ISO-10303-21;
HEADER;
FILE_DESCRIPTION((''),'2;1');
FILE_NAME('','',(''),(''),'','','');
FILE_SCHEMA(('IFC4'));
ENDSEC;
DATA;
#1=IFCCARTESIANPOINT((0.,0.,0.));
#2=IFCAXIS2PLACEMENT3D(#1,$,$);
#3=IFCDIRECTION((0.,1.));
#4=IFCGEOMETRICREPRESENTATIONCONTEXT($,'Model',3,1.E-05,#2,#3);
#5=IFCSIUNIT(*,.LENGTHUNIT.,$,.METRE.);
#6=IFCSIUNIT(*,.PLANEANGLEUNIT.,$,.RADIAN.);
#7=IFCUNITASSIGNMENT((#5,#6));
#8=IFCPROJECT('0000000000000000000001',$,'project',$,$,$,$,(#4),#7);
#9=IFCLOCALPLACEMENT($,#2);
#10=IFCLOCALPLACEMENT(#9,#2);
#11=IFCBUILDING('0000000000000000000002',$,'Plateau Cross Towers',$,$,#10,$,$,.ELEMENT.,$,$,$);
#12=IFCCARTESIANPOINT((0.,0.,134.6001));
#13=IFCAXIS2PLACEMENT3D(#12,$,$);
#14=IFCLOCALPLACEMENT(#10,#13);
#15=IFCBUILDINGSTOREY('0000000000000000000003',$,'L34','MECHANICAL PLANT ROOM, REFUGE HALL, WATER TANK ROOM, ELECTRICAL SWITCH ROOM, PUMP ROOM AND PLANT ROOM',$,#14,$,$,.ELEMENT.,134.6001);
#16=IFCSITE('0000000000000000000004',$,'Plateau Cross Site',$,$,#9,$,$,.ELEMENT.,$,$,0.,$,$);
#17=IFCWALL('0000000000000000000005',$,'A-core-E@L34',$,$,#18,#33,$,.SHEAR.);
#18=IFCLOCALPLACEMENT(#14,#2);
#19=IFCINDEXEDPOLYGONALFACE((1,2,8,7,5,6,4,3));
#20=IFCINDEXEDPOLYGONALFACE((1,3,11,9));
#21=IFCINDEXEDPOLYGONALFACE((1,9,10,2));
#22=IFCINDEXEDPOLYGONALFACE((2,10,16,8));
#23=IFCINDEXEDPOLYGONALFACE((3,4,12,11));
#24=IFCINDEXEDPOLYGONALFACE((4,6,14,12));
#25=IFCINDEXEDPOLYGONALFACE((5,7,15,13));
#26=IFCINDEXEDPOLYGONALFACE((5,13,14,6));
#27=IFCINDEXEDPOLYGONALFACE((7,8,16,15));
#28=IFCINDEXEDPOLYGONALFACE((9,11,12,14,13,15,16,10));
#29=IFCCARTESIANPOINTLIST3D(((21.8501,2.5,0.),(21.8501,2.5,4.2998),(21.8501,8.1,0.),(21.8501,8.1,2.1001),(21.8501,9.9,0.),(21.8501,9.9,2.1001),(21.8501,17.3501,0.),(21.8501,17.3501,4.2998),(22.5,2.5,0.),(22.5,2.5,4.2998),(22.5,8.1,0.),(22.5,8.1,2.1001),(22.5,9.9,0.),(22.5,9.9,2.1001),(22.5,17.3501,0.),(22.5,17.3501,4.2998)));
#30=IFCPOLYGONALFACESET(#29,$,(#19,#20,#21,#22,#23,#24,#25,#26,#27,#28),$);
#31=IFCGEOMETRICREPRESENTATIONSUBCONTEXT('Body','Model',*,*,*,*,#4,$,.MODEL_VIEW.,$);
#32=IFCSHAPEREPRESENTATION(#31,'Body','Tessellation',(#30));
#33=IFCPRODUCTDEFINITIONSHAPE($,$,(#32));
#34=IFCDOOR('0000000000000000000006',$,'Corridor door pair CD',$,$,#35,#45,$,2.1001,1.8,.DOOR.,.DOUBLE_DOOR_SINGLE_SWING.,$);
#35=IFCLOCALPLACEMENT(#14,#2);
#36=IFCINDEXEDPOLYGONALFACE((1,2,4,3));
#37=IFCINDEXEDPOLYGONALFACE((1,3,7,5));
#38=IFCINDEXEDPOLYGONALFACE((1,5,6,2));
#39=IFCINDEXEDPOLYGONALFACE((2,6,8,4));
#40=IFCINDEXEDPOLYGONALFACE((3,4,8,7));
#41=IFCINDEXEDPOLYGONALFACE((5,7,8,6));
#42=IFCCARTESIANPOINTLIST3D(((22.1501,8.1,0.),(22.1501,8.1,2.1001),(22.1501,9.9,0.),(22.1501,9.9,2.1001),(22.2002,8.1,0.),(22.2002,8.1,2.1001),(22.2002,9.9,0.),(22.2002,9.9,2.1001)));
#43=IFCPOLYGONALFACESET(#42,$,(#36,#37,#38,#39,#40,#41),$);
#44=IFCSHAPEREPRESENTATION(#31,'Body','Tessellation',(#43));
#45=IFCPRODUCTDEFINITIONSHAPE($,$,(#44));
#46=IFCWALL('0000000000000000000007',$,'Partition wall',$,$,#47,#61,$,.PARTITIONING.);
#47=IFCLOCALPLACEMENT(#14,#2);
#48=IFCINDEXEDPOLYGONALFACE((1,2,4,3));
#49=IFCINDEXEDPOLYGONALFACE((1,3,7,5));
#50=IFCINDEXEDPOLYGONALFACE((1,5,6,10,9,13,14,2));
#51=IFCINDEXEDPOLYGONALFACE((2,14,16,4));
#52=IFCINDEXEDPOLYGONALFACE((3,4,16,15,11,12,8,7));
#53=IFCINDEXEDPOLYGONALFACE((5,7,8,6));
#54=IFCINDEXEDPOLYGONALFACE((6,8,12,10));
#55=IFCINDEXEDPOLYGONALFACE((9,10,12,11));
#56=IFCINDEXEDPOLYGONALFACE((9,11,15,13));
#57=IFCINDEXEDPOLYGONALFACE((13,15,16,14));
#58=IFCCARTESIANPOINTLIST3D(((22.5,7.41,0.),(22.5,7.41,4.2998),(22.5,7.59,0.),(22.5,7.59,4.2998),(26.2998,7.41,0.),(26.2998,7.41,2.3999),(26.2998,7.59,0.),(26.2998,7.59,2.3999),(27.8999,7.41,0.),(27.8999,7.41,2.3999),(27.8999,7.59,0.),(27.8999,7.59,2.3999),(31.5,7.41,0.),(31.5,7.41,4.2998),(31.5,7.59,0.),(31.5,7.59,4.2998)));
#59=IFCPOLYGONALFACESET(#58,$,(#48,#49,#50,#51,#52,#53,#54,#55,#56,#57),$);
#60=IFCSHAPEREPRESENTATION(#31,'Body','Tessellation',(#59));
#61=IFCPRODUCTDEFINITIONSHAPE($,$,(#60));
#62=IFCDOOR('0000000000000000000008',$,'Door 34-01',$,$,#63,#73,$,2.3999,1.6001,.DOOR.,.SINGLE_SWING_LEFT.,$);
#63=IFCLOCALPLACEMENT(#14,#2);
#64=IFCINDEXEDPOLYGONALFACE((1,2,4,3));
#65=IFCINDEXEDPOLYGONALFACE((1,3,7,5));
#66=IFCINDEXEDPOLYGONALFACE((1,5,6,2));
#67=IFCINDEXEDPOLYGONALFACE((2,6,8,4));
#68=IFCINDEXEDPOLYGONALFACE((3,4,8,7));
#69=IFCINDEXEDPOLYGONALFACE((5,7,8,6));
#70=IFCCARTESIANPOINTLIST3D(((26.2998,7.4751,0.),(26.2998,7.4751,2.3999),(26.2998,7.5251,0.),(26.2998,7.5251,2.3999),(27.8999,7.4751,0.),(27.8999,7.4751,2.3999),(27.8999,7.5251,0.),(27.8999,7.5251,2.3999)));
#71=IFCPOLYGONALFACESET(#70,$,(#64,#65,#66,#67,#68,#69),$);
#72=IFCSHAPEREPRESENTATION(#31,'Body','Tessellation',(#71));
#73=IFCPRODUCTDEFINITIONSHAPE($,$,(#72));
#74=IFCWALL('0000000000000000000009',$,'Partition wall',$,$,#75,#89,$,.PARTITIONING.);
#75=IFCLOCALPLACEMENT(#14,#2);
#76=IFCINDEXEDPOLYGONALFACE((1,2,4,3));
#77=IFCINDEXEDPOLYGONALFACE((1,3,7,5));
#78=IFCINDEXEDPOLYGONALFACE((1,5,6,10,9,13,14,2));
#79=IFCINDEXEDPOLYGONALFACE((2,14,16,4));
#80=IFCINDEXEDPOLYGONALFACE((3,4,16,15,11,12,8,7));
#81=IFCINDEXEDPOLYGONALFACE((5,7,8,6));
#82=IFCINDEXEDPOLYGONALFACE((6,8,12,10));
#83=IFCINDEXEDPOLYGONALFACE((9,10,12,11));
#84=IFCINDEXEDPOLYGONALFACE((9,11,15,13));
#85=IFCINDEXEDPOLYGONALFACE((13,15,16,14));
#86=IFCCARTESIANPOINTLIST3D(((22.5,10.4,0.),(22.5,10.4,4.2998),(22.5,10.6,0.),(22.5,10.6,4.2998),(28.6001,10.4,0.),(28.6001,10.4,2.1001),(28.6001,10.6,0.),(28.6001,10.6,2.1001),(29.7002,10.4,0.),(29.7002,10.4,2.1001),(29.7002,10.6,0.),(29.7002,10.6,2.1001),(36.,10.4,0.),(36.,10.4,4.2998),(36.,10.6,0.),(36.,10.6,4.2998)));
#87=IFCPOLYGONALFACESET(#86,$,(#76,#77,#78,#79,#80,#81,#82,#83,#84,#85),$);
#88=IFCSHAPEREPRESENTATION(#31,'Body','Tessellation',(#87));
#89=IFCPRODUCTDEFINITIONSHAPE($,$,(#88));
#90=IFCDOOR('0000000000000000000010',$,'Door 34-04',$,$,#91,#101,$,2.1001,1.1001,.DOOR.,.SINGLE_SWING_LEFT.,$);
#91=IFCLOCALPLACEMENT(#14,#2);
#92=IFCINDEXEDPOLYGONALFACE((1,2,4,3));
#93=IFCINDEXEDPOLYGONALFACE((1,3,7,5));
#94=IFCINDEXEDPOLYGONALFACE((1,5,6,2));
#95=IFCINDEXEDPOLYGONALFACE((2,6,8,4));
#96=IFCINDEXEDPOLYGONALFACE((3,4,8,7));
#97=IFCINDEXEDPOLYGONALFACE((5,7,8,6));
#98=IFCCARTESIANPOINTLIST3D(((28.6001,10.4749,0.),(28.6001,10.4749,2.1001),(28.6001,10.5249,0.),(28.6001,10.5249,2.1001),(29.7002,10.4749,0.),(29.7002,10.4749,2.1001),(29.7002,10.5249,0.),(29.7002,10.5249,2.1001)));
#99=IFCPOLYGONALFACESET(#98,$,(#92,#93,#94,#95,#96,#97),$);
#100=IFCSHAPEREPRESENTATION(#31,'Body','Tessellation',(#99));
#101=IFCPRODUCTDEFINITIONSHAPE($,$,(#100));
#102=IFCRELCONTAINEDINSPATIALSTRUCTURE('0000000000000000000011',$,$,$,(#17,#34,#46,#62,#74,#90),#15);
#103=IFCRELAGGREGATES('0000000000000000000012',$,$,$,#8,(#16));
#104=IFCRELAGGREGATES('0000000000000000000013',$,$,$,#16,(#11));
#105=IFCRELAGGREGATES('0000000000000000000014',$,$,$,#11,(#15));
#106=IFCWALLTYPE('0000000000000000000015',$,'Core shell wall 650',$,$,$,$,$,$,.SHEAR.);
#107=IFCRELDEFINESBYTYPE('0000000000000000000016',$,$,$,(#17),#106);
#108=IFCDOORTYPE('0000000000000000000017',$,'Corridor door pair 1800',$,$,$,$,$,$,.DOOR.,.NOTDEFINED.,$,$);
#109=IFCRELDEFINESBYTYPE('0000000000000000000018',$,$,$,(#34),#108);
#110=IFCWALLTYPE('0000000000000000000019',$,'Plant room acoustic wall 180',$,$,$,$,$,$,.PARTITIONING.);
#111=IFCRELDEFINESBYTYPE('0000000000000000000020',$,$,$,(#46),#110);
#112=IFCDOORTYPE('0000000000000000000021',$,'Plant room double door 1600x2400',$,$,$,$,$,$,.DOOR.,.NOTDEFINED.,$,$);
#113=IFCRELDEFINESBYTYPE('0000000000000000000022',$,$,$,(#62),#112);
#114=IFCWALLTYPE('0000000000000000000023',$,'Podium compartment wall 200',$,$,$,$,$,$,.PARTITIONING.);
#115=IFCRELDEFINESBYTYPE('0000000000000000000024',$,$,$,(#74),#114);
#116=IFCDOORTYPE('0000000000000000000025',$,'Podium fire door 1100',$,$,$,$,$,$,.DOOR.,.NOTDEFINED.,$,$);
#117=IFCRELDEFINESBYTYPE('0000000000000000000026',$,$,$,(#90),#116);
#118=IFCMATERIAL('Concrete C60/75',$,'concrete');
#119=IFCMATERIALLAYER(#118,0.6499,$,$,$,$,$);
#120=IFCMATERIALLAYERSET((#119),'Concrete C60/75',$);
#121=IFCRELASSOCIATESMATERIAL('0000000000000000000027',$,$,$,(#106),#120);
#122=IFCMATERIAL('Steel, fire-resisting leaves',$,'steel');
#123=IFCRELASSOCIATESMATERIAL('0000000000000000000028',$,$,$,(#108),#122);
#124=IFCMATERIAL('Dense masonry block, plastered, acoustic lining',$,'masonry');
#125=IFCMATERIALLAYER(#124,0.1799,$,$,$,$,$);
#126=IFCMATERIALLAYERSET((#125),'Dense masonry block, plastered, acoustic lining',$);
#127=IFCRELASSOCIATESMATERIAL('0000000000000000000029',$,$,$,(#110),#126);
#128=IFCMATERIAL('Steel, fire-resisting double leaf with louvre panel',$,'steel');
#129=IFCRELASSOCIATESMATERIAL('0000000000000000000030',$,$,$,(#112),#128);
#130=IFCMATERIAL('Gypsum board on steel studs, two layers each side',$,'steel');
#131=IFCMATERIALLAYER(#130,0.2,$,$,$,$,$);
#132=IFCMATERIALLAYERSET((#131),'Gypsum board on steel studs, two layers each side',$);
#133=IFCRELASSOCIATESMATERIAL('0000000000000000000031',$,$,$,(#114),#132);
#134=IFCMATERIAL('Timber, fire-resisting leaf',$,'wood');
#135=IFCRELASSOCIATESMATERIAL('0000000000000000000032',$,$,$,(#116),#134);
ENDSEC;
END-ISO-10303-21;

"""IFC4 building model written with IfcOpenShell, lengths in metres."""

from ifc_helpers import new_model, si_unit, direction, frame, frame_2d, origin, place, context, subcontext, project, spatial, rectangle, extrude, material, layer, layer_set, type_object, element, fill, save


model = new_model("IFC4")

# Units and contexts
model_context = context("Model", 3, precision=1e-05, world=origin(), true_north=direction((0.0, 1.0)))
body_context = subcontext(model_context, "Body", "Model", "MODEL_VIEW")
ifc_project = project(units=[si_unit("LENGTHUNIT", "METRE"), si_unit("PLANEANGLEUNIT", "RADIAN")], contexts=[model_context])

# Site, building, storey
site_placement = place(None, origin())
site = spatial("IfcSite", under=ifc_project, at=site_placement, Name="Plateau Cross Site", CompositionType="ELEMENT", RefElevation=0.0)
building_placement = place(site_placement, origin())
building = spatial("IfcBuilding", under=site, at=building_placement, Name="Plateau Cross Towers", CompositionType="ELEMENT")
storey_placement = place(building_placement, frame((0.0, 0.0, 134.6001)))
storey = spatial("IfcBuildingStorey", under=building, at=storey_placement, Name="L34", Description="MECHANICAL PLANT ROOM, REFUGE HALL, WATER TANK ROOM, ELECTRICAL SWITCH ROOM, PUMP ROOM AND PLANT ROOM", CompositionType="ELEMENT", Elevation=134.6001)

# Shared definitions
ifc_material_1 = material(Name="Concrete C60/75", Category="concrete")

# Walls, openings, doors
ifc_layer_1 = layer(ifc_material_1, 0.6499)
ifc_layer_set_1 = layer_set([ifc_layer_1], Name="Concrete C60/75")
wall_type_1 = type_object("IfcWallType", Name="Core shell wall 650", PredefinedType="SHEAR", material=ifc_layer_set_1)
wall_1_placement = place(storey_placement, frame((22.175, 2.5, 0.0), z_axis=(0.0, 0.0, 1.0), x_axis=(0.0, 1.0, 0.0)))
wall_1 = element("IfcWall", 1, at=wall_1_placement, inside=storey, type_object=wall_type_1, Name="A-core-E@L34", PredefinedType="SHEAR", context=body_context, shape_type="SweptSolid", body=[
    extrude(rectangle(XDim=14.8501, YDim=0.6499, at=frame_2d((7.425, 0.0))), origin(), (0.0, 0.0, 1.0), 4.2998),
])
opening_1_placement = place(wall_1_placement, frame((5.6001, 0.0, 0.0)))
opening_1 = element("IfcOpeningElement", 2, at=opening_1_placement, cuts=wall_1, PredefinedType="OPENING", context=body_context, shape_type="SweptSolid", body=[
    extrude(rectangle(XDim=1.8, YDim=2.1001, at=frame_2d((0.8999, 1.05))), frame((0.0, 0.335, 0.0), z_axis=(0.0, -1.0, 0.0), x_axis=(1.0, 0.0, 0.0)), (0.0, 0.0, 1.0), 0.6699),
])
ifc_material_2 = material(Name="Steel, fire-resisting leaves", Category="steel")
door_type_1 = type_object("IfcDoorType", Name="Corridor door pair 1800", OperationType="NOTDEFINED", PredefinedType="DOOR", material=ifc_material_2)
door_1_placement = place(opening_1_placement, origin())
door_1 = element("IfcDoor", 3, at=door_1_placement, inside=storey, type_object=door_type_1, Name="Corridor door pair CD", OperationType="DOUBLE_DOOR_SINGLE_SWING", OverallHeight=2.1001, OverallWidth=1.8, PredefinedType="DOOR", context=body_context, shape_type="SweptSolid", body=[
    extrude(rectangle(XDim=1.8, YDim=2.1001, at=frame_2d((0.8999, 1.05))), frame((0.0, 0.0249, 0.0), z_axis=(0.0, -1.0, 0.0), x_axis=(1.0, 0.0, 0.0)), (0.0, 0.0, 1.0), 0.05),
])
fill(opening_1, door_1)
ifc_material_3 = material(Name="Dense masonry block, plastered, acoustic lining", Category="masonry")
ifc_layer_2 = layer(ifc_material_3, 0.1799)
ifc_layer_set_2 = layer_set([ifc_layer_2], Name="Dense masonry block, plastered, acoustic lining")
wall_type_2 = type_object("IfcWallType", Name="Plant room acoustic wall 180", PredefinedType="PARTITIONING", material=ifc_layer_set_2)
wall_2_placement = place(storey_placement, frame((31.5, 7.5, 0.0), z_axis=(0.0, 0.0, 1.0), x_axis=(-1.0, 0.0, 0.0)))
wall_2 = element("IfcWall", 4, at=wall_2_placement, inside=storey, type_object=wall_type_2, Name="Partition wall", PredefinedType="PARTITIONING", context=body_context, shape_type="SweptSolid", body=[
    extrude(rectangle(XDim=9.0, YDim=0.1799, at=frame_2d((4.5, 0.0))), origin(), (0.0, 0.0, 1.0), 4.2998),
])
opening_2_placement = place(wall_2_placement, frame((3.6001, 0.0, 0.0)))
opening_2 = element("IfcOpeningElement", 5, at=opening_2_placement, cuts=wall_2, PredefinedType="OPENING", context=body_context, shape_type="SweptSolid", body=[
    extrude(rectangle(XDim=1.6001, YDim=2.3999, at=frame_2d((0.8, 1.2))), frame((0.0, 0.0999, 0.0), z_axis=(0.0, -1.0, 0.0), x_axis=(1.0, 0.0, 0.0)), (0.0, 0.0, 1.0), 0.2),
])
ifc_material_4 = material(Name="Steel, fire-resisting double leaf with louvre panel", Category="steel")
door_type_2 = type_object("IfcDoorType", Name="Plant room double door 1600x2400", OperationType="NOTDEFINED", PredefinedType="DOOR", material=ifc_material_4)
door_2_placement = place(opening_2_placement, origin())
door_2 = element("IfcDoor", 6, at=door_2_placement, inside=storey, type_object=door_type_2, Name="Door 34-01", OperationType="SINGLE_SWING_LEFT", OverallHeight=2.3999, OverallWidth=1.6001, PredefinedType="DOOR", context=body_context, shape_type="SweptSolid", body=[
    extrude(rectangle(XDim=1.6001, YDim=2.3999, at=frame_2d((0.8, 1.2))), frame((0.0, 0.0249, 0.0), z_axis=(0.0, -1.0, 0.0), x_axis=(1.0, 0.0, 0.0)), (0.0, 0.0, 1.0), 0.05),
])
fill(opening_2, door_2)
ifc_material_5 = material(Name="Gypsum board on steel studs, two layers each side", Category="steel")
ifc_layer_3 = layer(ifc_material_5, 0.2)
ifc_layer_set_3 = layer_set([ifc_layer_3], Name="Gypsum board on steel studs, two layers each side")
wall_type_3 = type_object("IfcWallType", Name="Podium compartment wall 200", PredefinedType="PARTITIONING", material=ifc_layer_set_3)
wall_3_placement = place(storey_placement, frame((22.5, 10.5, 0.0), z_axis=(0.0, 0.0, 1.0), x_axis=(1.0, 0.0, 0.0)))
wall_3 = element("IfcWall", 7, at=wall_3_placement, inside=storey, type_object=wall_type_3, Name="Partition wall", PredefinedType="PARTITIONING", context=body_context, shape_type="SweptSolid", body=[
    extrude(rectangle(XDim=13.5, YDim=0.2, at=frame_2d((6.75, 0.0))), origin(), (0.0, 0.0, 1.0), 4.2998),
])
opening_3_placement = place(wall_3_placement, frame((6.1001, 0.0, 0.0)))
opening_3 = element("IfcOpeningElement", 8, at=opening_3_placement, cuts=wall_3, PredefinedType="OPENING", context=body_context, shape_type="SweptSolid", body=[
    extrude(rectangle(XDim=1.1001, YDim=2.1001, at=frame_2d((0.55, 1.05))), frame((0.0, 0.1099, 0.0), z_axis=(0.0, -1.0, 0.0), x_axis=(1.0, 0.0, 0.0)), (0.0, 0.0, 1.0), 0.22),
])
ifc_material_6 = material(Name="Timber, fire-resisting leaf", Category="wood")
door_type_3 = type_object("IfcDoorType", Name="Podium fire door 1100", OperationType="NOTDEFINED", PredefinedType="DOOR", material=ifc_material_6)
door_3_placement = place(opening_3_placement, origin())
door_3 = element("IfcDoor", 9, at=door_3_placement, inside=storey, type_object=door_type_3, Name="Door 34-04", OperationType="SINGLE_SWING_LEFT", OverallHeight=2.1001, OverallWidth=1.1001, PredefinedType="DOOR", context=body_context, shape_type="SweptSolid", body=[
    extrude(rectangle(XDim=1.1001, YDim=2.1001, at=frame_2d((0.55, 1.05))), frame((0.0, 0.0249, 0.0), z_axis=(0.0, -1.0, 0.0), x_axis=(1.0, 0.0, 0.0)), (0.0, 0.0, 1.0), 0.05),
])
fill(opening_3, door_3)

save(model, "model.ifc")
